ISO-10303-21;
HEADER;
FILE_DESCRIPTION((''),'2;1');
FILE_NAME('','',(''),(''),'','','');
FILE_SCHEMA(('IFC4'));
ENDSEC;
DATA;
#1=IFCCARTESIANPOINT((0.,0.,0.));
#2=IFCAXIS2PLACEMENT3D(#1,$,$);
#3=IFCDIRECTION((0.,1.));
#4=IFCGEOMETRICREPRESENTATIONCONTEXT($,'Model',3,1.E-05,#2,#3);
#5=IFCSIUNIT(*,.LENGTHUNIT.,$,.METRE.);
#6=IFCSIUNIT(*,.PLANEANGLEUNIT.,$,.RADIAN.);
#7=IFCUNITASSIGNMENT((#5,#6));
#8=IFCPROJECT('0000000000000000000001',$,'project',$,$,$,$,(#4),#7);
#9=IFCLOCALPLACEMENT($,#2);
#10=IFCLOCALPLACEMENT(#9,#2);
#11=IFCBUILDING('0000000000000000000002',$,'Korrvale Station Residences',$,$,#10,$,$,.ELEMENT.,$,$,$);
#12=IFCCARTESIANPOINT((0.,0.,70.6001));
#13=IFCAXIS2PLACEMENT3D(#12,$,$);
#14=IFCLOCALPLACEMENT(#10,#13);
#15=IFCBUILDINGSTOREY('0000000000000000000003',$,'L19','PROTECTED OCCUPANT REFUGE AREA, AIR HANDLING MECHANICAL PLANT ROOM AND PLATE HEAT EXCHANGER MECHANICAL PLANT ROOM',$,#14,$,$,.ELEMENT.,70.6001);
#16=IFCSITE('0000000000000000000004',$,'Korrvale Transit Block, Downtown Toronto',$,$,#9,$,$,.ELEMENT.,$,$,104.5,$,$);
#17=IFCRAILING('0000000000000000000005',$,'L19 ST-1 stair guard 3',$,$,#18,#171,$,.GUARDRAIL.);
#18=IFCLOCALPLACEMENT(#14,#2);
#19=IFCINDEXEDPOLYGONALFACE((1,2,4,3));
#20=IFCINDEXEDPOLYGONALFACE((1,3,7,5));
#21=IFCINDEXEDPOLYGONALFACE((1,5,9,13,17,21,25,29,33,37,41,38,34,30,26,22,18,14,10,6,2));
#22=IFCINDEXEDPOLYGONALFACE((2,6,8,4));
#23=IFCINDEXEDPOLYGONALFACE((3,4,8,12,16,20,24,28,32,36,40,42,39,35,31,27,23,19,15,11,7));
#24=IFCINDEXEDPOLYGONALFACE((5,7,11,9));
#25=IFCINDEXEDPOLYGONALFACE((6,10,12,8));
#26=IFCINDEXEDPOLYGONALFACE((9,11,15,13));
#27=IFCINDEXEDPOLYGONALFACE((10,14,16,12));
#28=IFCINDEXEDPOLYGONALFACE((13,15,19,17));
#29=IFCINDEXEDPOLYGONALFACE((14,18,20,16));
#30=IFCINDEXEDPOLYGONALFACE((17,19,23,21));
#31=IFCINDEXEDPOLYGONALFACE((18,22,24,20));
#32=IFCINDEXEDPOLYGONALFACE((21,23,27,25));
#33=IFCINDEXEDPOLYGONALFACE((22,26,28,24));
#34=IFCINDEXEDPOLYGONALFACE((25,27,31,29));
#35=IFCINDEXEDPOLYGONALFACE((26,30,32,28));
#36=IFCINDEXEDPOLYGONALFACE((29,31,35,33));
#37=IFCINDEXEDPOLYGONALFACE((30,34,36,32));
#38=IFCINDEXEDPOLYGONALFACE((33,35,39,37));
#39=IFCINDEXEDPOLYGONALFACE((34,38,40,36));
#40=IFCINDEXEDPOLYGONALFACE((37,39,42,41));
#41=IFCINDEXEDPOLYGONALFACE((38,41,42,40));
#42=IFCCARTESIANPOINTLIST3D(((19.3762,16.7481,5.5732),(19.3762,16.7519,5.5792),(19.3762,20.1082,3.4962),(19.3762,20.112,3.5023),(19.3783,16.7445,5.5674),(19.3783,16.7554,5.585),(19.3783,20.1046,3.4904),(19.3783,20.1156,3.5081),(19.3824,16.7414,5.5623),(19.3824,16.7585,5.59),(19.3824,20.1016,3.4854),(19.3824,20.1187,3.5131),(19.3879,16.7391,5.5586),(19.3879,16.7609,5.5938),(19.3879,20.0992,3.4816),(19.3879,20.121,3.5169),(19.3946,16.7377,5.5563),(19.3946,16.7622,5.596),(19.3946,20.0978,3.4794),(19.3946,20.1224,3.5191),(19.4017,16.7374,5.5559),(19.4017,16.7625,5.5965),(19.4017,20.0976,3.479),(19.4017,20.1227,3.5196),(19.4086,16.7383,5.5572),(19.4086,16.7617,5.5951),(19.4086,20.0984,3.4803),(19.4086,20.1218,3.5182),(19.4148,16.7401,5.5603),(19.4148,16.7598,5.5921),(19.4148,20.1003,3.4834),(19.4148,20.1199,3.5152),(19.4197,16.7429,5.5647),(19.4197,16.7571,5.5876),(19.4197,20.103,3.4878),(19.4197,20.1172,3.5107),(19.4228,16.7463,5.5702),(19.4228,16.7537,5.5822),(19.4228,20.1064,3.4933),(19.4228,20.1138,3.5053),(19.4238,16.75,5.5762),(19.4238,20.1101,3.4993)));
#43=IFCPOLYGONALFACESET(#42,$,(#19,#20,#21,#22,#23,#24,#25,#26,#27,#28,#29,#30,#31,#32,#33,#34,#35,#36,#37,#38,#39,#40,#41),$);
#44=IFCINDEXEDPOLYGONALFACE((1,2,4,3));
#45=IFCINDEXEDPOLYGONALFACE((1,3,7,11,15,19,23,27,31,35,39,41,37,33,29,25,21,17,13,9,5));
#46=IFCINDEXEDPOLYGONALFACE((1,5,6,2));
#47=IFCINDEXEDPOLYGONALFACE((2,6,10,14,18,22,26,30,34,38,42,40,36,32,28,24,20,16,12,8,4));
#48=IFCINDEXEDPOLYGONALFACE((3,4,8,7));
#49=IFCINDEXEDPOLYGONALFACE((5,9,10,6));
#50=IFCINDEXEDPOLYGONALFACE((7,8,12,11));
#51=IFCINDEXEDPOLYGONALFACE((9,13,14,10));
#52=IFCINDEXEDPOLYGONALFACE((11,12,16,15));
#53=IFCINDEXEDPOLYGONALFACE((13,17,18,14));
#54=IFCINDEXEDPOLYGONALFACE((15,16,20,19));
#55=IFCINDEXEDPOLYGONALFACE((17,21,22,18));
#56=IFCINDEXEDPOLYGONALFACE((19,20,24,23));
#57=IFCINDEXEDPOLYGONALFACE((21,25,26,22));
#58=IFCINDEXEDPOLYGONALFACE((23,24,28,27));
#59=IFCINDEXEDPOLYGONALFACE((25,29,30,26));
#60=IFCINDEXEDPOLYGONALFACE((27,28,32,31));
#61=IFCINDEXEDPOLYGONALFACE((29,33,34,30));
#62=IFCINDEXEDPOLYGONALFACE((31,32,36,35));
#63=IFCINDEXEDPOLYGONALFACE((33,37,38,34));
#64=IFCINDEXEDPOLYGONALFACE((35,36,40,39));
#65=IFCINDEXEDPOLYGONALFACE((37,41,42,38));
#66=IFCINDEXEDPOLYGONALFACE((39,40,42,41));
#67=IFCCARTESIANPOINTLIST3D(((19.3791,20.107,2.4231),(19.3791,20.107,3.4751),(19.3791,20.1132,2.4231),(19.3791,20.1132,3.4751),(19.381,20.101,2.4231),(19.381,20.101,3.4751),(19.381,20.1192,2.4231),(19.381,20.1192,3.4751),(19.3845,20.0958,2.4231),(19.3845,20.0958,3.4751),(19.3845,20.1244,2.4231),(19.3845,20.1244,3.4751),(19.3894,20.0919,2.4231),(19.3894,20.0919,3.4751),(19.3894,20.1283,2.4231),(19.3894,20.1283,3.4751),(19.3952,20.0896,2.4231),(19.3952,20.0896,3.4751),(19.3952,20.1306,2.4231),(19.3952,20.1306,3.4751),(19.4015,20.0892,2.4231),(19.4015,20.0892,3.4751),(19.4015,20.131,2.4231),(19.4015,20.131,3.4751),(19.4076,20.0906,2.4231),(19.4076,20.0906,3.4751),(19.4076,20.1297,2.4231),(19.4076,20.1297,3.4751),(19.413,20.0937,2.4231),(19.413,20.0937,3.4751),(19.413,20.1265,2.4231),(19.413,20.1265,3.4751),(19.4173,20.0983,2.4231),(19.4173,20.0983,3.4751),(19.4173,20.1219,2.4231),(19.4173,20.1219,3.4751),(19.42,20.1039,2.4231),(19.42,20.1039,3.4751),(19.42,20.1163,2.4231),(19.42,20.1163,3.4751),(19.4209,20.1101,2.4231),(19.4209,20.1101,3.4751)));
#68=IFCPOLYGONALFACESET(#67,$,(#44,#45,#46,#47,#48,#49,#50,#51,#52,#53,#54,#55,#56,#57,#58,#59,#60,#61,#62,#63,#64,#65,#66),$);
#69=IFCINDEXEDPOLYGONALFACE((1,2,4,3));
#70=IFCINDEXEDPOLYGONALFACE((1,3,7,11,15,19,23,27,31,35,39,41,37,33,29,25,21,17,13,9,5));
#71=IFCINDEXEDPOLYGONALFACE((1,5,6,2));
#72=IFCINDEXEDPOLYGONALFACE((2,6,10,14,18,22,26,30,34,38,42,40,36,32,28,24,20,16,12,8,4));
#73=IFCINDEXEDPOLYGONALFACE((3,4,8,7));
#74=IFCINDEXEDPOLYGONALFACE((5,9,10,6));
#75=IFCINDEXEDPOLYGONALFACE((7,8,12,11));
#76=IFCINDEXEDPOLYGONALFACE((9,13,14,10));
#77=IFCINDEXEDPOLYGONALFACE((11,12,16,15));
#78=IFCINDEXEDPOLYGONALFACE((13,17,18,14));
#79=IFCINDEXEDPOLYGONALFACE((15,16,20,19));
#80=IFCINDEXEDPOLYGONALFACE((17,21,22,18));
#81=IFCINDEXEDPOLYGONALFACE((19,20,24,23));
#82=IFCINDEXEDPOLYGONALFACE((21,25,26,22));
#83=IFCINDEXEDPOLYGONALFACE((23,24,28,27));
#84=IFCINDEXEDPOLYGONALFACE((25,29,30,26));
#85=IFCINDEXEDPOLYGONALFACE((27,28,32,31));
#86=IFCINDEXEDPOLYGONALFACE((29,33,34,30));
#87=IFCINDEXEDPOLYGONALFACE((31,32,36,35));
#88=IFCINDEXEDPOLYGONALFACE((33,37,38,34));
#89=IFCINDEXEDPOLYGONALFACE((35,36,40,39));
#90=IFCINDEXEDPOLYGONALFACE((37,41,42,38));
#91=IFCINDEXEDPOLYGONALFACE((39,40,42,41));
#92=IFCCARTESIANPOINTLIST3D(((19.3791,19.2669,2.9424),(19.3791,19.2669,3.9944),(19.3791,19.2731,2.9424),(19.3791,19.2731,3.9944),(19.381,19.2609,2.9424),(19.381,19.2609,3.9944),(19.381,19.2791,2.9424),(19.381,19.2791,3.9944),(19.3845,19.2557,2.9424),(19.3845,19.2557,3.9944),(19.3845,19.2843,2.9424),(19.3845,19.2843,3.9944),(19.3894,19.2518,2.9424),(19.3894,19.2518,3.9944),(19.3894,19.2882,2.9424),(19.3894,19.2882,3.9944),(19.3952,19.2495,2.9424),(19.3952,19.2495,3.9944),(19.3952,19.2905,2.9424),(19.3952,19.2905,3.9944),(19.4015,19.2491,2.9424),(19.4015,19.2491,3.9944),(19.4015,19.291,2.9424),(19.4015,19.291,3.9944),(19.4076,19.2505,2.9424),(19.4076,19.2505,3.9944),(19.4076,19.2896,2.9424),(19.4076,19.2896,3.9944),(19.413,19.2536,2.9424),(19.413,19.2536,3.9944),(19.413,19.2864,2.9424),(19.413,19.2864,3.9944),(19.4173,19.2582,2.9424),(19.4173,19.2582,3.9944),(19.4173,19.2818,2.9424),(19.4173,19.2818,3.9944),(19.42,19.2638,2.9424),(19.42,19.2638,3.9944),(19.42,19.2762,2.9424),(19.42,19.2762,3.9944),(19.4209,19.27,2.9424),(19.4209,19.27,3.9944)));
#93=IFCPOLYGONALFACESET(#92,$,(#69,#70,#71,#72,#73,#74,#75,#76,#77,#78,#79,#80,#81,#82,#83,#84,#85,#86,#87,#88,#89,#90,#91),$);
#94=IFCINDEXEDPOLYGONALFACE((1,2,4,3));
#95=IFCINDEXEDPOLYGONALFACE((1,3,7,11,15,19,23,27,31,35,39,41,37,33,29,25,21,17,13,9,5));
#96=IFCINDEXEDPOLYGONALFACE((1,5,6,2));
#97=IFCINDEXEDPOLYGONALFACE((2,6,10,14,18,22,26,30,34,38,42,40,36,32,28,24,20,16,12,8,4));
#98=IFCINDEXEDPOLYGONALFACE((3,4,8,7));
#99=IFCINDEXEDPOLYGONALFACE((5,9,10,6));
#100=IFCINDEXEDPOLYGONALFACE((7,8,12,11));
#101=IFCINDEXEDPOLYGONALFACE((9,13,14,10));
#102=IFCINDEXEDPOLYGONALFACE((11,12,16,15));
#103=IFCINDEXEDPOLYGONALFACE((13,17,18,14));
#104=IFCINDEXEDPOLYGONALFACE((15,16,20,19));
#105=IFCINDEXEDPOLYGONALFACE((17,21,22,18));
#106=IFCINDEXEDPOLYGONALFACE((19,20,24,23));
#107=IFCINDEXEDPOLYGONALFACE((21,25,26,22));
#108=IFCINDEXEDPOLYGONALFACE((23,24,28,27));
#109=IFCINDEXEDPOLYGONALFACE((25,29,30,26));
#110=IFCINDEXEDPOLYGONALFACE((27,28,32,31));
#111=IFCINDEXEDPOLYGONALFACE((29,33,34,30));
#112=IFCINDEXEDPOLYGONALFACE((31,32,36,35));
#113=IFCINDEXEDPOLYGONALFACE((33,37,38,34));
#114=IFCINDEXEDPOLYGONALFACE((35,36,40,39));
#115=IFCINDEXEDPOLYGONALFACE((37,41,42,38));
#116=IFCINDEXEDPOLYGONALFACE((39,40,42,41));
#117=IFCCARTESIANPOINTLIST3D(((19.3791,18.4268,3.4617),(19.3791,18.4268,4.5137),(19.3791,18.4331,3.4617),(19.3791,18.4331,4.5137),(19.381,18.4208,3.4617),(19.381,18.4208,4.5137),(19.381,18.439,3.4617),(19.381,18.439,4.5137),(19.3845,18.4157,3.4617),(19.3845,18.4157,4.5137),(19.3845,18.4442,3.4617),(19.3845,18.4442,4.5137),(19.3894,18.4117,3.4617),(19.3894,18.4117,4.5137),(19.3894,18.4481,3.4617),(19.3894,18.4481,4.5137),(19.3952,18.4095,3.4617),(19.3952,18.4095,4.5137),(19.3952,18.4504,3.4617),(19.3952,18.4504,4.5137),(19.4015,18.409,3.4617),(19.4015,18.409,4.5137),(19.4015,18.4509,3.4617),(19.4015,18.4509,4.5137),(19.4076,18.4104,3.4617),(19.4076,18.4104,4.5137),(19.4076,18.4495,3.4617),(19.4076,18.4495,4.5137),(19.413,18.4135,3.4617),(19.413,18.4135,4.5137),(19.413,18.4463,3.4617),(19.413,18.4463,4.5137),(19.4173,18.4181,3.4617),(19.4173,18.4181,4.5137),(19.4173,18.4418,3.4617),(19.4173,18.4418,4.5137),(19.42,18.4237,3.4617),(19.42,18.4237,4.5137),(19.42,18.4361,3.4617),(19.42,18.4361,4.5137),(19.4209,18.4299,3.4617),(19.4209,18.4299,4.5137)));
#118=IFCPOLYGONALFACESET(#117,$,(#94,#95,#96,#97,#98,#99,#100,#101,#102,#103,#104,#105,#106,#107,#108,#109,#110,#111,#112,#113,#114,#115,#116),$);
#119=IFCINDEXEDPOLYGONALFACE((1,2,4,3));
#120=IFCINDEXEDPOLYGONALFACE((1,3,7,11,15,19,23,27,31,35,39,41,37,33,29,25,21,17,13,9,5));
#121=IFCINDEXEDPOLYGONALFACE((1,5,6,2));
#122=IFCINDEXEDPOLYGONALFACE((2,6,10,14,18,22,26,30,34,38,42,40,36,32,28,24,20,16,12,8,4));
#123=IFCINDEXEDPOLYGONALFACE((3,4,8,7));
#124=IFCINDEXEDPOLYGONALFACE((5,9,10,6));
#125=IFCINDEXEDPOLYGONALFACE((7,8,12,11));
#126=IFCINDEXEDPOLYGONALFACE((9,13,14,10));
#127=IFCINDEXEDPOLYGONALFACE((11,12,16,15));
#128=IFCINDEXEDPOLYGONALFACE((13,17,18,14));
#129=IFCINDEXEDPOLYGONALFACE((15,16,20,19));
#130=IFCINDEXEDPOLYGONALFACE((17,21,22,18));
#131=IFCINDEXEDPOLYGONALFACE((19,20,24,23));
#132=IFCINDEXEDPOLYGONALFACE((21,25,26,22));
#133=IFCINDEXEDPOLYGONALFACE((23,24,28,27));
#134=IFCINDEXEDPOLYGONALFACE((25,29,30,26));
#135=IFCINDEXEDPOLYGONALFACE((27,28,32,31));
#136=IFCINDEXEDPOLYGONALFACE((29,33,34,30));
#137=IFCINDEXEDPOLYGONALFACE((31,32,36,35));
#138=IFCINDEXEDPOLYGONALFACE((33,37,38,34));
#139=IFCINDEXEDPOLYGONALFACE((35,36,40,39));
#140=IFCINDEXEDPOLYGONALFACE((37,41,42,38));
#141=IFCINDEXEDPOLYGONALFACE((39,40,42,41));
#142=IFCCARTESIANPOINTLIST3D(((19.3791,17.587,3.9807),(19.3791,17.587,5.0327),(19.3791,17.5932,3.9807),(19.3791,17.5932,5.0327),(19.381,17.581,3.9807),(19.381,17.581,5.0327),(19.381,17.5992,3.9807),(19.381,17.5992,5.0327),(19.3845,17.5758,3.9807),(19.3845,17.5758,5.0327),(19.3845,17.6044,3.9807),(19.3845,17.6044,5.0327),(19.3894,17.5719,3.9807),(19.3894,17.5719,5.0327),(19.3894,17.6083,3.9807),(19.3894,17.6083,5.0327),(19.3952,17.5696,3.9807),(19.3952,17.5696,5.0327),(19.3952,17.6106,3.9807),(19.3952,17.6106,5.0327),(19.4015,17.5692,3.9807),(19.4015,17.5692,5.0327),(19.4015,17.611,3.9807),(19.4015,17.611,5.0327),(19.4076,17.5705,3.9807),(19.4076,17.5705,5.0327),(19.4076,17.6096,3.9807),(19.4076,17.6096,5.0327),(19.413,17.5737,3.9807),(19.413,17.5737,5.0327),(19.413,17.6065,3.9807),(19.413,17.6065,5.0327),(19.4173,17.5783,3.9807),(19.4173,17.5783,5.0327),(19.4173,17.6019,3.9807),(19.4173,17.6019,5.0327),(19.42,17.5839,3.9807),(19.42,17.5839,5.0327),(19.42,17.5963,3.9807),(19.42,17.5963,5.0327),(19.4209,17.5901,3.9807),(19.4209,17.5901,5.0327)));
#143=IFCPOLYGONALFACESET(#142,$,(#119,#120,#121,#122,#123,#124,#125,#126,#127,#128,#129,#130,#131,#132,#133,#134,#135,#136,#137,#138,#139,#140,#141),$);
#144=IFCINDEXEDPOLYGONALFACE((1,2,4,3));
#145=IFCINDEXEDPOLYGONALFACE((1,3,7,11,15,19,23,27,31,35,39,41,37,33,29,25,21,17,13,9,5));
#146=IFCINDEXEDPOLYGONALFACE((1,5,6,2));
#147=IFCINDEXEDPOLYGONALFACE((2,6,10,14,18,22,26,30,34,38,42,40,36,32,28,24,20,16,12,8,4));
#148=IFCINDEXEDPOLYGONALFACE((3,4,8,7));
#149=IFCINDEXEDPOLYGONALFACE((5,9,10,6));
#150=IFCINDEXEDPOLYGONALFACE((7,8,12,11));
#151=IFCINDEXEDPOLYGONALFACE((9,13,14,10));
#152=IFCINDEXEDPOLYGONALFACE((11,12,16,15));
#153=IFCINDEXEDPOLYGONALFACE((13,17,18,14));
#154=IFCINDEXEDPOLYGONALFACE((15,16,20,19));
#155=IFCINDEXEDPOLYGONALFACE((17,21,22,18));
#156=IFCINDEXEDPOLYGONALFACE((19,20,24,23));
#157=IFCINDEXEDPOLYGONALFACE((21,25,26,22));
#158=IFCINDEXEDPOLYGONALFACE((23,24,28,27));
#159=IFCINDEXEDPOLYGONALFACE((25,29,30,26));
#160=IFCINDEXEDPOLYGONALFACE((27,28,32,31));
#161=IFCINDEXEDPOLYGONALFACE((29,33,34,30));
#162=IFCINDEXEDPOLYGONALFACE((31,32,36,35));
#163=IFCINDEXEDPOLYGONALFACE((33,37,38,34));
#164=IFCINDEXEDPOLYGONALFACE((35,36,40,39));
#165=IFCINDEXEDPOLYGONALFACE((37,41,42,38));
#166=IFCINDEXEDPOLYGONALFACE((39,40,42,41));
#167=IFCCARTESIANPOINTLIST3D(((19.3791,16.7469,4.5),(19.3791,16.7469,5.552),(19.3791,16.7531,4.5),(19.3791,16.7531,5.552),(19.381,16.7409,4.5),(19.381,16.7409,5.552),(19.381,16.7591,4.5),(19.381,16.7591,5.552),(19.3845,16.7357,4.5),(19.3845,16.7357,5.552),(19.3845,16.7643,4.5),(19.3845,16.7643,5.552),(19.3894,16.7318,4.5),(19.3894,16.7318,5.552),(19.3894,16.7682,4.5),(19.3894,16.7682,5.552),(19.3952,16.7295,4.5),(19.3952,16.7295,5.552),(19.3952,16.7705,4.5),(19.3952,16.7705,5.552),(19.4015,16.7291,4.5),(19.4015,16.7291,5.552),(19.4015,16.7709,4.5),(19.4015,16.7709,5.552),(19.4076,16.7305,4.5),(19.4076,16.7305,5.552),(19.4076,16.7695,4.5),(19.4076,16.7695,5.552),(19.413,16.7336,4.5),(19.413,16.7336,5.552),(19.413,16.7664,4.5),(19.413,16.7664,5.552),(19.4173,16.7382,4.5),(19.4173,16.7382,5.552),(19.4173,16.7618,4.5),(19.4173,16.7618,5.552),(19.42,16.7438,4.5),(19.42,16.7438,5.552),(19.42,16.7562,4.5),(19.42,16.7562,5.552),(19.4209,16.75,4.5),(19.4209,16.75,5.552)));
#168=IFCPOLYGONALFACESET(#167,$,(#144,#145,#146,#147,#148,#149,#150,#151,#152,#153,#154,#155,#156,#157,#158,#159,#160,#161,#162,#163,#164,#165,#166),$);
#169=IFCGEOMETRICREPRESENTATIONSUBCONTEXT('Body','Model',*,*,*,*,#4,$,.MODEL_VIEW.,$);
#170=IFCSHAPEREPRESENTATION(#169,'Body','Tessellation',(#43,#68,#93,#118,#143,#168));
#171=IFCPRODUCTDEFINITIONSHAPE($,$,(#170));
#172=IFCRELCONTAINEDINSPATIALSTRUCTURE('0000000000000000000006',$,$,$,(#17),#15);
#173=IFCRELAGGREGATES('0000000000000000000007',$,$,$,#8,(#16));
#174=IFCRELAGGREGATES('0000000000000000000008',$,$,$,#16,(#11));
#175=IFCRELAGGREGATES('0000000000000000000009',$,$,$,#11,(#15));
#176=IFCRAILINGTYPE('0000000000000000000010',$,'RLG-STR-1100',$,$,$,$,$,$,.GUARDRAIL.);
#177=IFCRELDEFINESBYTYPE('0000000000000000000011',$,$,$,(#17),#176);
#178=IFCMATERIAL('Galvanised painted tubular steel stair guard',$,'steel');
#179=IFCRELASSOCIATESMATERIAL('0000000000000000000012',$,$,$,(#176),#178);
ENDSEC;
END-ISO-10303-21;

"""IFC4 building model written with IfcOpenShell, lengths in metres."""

from ifc_helpers import new_model, si_unit, direction, frame, origin, origin_2d, place, context, subcontext, project, spatial, circle, extrude, material, type_object, element, save


model = new_model("IFC4")

# Units and contexts
model_context = context("Model", 3, precision=1e-05, world=origin(), true_north=direction((0.0, 1.0)))
body_context = subcontext(model_context, "Body", "Model", "MODEL_VIEW")
ifc_project = project(units=[si_unit("LENGTHUNIT", "METRE"), si_unit("PLANEANGLEUNIT", "RADIAN")], contexts=[model_context])

# Site, building, storey
site_placement = place(None, origin())
site = spatial("IfcSite", under=ifc_project, at=site_placement, Name="Korrvale Transit Block, Downtown Toronto", CompositionType="ELEMENT", RefElevation=104.5)
building_placement = place(site_placement, origin())
building = spatial("IfcBuilding", under=site, at=building_placement, Name="Korrvale Station Residences", CompositionType="ELEMENT")
storey_placement = place(building_placement, frame((0.0, 0.0, 70.6001)))
storey = spatial("IfcBuildingStorey", under=building, at=storey_placement, Name="L19", Description="PROTECTED OCCUPANT REFUGE AREA, AIR HANDLING MECHANICAL PLANT ROOM AND PLATE HEAT EXCHANGER MECHANICAL PLANT ROOM", CompositionType="ELEMENT", Elevation=70.6001)

# Railing
ifc_material_1 = material(Name="Galvanised painted tubular steel stair guard", Category="steel")
railing_type_1 = type_object("IfcRailingType", Name="RLG-STR-1100", PredefinedType="GUARDRAIL", material=ifc_material_1)
railing_1_placement = place(storey_placement, frame((19.3999, 20.1101, 2.4231)))
element("IfcRailing", 1, at=railing_1_placement, inside=storey, type_object=railing_type_1, Name="L19 ST-1 stair guard 3", PredefinedType="GUARDRAIL", context=body_context, shape_type="SweptSolid", body=[
    extrude(circle(Radius=0.0239, at=origin_2d()), frame((0.0, 0.0, 1.0762), z_axis=(0.0, -0.850623, 0.525776), x_axis=(1.0, 0.0, 0.0)), (0.0, 0.0, 1.0), 3.9502),
    extrude(circle(Radius=0.021, at=origin_2d()), origin(), (0.0, 0.0, 1.0), 1.052),
    extrude(circle(Radius=0.021, at=origin_2d()), frame((0.0, -0.8401, 0.5193)), (0.0, 0.0, 1.0), 1.052),
    extrude(circle(Radius=0.021, at=origin_2d()), frame((0.0, -1.6802, 1.0386)), (0.0, 0.0, 1.0), 1.052),
    extrude(circle(Radius=0.021, at=origin_2d()), frame((0.0, -2.52, 1.5576)), (0.0, 0.0, 1.0), 1.052),
    extrude(circle(Radius=0.021, at=origin_2d()), frame((0.0, -3.3601, 2.0769)), (0.0, 0.0, 1.0), 1.052),
])

save(model, "model.ifc")
